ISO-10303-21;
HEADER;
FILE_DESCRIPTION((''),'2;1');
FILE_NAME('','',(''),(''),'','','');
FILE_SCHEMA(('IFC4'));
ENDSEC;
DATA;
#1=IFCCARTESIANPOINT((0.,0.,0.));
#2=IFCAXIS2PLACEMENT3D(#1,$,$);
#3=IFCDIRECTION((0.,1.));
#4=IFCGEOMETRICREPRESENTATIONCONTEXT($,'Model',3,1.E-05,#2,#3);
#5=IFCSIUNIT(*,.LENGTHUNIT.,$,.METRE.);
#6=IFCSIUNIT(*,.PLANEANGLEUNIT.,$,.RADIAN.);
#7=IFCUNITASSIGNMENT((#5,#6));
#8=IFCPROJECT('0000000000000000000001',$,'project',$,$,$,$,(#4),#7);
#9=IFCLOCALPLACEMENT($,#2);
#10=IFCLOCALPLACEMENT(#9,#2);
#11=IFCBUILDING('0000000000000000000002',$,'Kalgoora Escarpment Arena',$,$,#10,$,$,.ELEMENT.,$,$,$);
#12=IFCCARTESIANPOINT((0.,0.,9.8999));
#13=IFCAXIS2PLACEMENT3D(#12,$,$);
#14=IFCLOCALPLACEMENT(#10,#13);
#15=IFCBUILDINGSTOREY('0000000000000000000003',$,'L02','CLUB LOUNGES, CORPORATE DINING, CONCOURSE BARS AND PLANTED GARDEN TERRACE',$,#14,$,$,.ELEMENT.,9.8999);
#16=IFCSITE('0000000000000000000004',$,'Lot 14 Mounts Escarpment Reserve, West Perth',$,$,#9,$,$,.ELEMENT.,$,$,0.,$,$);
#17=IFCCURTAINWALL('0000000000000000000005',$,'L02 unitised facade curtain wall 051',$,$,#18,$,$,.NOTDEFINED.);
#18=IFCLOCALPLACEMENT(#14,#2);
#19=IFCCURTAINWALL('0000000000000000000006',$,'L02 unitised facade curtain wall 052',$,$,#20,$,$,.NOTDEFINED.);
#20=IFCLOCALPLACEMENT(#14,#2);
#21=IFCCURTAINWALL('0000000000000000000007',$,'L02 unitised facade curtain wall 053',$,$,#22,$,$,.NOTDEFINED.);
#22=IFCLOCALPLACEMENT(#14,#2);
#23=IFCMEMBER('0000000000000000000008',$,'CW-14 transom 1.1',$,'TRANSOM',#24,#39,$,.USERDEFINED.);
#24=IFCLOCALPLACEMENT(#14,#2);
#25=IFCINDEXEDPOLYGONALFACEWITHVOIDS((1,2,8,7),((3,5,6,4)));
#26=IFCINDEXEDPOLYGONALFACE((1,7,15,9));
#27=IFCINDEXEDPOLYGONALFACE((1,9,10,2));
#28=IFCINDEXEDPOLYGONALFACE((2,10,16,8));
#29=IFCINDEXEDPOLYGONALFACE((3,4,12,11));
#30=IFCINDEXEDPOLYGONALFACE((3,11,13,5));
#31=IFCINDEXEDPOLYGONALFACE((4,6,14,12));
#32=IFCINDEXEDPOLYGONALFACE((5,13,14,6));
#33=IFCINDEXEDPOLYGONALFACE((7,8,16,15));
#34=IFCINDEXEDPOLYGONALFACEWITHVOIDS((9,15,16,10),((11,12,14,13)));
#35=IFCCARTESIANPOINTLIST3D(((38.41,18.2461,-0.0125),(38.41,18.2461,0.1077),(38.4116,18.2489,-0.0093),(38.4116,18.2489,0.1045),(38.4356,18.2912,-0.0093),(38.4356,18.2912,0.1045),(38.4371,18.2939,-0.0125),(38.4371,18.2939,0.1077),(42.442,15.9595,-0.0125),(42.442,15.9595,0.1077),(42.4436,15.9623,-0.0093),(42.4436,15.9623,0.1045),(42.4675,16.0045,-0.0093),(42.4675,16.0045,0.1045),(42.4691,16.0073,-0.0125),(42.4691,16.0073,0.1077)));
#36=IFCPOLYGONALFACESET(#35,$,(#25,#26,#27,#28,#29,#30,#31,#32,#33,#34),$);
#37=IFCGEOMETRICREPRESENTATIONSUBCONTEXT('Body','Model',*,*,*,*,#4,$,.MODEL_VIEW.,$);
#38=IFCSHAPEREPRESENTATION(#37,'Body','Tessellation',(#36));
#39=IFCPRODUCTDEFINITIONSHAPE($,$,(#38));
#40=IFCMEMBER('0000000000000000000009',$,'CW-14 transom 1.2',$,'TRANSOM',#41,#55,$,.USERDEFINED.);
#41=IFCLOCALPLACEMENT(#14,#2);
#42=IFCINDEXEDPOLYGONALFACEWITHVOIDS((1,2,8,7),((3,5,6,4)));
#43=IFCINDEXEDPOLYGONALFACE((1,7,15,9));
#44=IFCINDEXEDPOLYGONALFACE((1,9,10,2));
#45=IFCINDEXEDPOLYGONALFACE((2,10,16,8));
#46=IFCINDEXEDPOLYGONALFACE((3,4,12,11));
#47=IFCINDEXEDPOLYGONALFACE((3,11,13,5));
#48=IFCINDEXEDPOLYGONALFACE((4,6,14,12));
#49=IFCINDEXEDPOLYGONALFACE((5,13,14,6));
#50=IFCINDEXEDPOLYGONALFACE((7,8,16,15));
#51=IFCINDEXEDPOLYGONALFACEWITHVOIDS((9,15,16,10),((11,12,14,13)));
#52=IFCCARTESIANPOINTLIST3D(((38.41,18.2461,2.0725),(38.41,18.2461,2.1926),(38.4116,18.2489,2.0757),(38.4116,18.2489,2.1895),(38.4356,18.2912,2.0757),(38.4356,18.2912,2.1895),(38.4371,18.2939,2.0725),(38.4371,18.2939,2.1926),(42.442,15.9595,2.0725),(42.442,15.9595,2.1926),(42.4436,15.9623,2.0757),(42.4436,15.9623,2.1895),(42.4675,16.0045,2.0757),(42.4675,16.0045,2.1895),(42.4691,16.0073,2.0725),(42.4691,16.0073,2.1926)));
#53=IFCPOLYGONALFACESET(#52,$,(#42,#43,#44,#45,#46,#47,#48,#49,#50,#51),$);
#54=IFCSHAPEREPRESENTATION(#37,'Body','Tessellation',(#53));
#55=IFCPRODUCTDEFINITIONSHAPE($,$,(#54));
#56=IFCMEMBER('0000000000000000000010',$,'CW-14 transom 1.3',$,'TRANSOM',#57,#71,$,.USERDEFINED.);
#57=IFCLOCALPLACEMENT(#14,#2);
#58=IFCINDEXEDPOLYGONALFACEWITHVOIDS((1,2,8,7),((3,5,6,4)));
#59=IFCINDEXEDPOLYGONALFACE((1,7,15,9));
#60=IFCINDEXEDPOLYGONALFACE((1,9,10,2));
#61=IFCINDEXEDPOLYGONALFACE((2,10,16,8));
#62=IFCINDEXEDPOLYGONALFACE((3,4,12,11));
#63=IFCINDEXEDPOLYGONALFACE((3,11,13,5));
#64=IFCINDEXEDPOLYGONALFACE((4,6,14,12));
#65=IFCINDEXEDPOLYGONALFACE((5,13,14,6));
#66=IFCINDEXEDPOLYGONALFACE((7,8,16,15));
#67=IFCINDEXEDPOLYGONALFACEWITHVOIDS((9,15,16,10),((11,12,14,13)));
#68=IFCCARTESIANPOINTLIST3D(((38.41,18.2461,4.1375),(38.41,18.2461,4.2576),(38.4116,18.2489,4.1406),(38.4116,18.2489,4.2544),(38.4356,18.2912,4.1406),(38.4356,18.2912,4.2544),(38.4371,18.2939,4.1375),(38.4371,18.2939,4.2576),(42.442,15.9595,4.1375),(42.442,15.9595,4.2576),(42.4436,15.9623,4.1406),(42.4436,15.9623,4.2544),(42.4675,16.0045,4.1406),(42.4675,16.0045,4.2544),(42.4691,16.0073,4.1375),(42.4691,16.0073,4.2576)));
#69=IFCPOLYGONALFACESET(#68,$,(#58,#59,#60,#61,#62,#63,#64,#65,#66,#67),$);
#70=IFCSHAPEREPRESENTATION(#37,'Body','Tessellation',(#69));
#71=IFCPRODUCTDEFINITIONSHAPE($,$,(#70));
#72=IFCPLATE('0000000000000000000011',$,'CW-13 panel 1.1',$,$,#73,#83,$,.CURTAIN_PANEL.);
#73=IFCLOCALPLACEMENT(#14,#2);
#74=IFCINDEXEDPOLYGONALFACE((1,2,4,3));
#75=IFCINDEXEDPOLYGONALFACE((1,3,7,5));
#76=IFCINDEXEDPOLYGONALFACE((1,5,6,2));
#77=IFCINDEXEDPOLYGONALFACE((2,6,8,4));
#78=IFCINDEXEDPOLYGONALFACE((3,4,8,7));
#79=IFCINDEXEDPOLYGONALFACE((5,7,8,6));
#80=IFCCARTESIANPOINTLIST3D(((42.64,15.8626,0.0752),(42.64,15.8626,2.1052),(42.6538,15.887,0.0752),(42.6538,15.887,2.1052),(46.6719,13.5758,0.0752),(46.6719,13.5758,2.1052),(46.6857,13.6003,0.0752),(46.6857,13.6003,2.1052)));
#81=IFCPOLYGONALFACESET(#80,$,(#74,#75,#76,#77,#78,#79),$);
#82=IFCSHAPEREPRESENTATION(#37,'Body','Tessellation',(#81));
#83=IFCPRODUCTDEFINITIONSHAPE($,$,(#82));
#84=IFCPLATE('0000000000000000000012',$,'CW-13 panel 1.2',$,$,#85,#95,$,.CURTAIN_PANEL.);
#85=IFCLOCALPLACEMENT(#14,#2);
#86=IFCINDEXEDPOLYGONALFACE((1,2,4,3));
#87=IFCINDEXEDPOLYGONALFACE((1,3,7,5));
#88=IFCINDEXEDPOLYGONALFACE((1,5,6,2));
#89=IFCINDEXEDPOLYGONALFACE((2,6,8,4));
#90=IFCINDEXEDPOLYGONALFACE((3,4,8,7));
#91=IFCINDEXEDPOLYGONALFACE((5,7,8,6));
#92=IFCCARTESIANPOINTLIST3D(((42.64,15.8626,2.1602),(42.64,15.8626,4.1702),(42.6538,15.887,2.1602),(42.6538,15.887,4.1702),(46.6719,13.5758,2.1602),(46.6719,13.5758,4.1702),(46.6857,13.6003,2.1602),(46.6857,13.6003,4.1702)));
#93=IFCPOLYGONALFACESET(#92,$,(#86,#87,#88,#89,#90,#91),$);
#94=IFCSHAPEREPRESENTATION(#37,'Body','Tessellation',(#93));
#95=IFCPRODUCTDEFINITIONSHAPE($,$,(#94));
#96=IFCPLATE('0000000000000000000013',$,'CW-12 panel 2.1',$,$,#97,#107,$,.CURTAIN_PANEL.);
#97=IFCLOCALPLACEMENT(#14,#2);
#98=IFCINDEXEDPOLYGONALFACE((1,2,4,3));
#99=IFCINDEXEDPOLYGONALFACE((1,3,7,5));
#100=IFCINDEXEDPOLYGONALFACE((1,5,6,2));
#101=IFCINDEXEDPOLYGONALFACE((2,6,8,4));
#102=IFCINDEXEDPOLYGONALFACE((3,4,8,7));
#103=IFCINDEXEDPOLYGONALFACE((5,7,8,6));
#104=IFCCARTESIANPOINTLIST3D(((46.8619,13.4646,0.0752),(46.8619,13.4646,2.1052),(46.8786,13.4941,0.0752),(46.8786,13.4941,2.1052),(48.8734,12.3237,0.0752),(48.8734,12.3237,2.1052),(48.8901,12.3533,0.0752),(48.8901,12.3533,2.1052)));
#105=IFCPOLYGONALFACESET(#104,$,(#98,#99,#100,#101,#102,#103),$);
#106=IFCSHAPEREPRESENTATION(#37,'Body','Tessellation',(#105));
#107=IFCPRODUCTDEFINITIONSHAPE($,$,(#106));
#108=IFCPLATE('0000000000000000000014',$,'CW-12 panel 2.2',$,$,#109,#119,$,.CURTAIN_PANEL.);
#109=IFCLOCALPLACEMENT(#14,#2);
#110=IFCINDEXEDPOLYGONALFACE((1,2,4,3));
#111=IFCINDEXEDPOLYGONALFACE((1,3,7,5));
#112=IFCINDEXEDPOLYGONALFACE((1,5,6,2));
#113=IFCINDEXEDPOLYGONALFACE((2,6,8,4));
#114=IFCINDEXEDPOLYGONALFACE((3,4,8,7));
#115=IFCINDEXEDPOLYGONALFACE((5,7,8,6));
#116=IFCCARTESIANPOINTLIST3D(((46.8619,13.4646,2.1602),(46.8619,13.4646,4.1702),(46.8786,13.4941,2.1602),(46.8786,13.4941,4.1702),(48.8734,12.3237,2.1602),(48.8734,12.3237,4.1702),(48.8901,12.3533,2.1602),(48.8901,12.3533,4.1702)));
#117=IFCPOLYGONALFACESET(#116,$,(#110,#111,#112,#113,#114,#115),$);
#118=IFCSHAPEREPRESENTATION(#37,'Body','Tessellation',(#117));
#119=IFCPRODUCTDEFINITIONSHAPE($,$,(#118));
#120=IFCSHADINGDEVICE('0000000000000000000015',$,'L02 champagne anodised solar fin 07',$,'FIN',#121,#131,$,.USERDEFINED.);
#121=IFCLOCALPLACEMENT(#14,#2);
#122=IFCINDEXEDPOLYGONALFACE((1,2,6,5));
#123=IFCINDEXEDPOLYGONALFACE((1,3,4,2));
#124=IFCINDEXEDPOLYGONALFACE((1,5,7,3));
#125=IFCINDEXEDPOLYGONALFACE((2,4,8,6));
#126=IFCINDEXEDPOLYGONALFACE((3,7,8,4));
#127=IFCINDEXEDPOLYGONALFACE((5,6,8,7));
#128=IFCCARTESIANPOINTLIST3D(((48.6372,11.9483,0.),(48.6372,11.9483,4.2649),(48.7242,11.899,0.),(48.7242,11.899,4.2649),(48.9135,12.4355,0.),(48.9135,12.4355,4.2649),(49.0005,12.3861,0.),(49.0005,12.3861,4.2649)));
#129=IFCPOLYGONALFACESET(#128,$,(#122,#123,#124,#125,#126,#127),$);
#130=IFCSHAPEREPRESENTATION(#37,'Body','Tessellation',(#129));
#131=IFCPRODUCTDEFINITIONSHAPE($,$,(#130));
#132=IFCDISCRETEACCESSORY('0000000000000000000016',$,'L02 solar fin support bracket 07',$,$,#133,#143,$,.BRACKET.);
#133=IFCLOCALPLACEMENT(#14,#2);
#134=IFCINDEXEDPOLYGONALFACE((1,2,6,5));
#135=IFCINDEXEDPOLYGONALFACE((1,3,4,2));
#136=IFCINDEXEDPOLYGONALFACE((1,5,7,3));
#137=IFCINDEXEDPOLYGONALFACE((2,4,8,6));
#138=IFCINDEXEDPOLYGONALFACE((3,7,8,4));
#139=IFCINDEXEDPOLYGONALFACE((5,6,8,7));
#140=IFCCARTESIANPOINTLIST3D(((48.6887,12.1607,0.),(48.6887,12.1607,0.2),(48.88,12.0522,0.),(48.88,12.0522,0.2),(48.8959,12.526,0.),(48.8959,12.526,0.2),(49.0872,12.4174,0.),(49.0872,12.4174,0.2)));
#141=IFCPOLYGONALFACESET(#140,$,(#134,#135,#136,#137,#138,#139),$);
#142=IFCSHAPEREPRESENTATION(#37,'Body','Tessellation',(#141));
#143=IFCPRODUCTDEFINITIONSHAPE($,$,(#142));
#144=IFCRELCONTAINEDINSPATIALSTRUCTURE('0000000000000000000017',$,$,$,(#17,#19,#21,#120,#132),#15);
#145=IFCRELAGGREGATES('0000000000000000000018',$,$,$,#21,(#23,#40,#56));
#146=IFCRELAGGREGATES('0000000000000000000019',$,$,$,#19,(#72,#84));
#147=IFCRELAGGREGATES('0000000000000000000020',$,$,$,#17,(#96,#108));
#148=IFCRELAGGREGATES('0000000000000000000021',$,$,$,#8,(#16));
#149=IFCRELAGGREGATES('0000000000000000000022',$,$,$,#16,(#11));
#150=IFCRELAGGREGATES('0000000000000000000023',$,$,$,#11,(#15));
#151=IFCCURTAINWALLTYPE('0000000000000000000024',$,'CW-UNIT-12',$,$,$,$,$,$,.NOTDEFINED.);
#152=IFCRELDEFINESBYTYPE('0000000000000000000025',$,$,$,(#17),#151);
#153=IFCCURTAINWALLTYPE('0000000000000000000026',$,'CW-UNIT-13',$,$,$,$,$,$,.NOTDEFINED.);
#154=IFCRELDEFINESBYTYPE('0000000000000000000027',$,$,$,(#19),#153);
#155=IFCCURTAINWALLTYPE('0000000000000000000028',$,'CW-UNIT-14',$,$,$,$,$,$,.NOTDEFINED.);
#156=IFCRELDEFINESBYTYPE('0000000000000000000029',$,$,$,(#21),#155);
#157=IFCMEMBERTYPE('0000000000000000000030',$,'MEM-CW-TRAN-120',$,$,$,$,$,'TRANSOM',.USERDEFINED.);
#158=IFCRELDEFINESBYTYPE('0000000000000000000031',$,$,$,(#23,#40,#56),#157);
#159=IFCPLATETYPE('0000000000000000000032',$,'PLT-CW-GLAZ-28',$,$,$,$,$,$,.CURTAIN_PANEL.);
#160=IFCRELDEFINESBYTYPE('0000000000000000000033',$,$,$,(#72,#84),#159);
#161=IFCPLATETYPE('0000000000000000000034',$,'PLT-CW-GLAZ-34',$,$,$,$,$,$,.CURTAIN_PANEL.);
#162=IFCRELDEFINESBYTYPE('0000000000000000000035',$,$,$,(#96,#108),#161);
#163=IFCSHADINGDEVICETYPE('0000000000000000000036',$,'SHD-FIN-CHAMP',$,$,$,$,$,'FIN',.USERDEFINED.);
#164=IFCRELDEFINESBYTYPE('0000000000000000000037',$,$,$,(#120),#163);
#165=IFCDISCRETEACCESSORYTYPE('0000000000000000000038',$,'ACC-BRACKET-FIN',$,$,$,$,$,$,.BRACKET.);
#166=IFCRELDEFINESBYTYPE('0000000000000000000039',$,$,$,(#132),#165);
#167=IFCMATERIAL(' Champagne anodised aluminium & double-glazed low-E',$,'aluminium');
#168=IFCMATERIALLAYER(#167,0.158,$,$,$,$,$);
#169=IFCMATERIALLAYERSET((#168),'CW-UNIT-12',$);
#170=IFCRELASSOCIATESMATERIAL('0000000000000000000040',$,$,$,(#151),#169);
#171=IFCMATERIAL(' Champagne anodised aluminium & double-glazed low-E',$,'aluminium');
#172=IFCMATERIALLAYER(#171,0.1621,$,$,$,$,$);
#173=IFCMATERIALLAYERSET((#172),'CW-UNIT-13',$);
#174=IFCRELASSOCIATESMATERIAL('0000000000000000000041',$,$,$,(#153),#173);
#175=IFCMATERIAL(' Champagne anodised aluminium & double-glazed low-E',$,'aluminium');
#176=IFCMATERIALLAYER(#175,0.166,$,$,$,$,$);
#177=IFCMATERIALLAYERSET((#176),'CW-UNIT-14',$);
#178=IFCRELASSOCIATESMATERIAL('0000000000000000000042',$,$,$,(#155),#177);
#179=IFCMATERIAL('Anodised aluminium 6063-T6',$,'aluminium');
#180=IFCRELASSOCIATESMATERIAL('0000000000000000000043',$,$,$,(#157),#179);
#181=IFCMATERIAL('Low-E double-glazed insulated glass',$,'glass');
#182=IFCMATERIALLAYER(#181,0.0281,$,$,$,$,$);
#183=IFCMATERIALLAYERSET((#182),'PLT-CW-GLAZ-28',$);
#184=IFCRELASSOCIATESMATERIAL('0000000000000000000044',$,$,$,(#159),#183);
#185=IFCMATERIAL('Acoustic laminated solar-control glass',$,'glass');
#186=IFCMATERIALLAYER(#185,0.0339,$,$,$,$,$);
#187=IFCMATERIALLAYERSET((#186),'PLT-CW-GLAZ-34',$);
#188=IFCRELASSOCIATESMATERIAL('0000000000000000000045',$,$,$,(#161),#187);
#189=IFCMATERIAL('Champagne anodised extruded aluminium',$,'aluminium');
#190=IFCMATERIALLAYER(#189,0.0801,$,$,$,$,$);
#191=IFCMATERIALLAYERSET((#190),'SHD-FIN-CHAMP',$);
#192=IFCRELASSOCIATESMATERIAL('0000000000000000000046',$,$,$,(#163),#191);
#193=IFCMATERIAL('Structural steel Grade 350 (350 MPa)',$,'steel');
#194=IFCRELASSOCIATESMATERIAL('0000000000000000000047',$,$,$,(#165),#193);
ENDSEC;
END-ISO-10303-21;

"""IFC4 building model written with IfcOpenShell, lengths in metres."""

from ifc_helpers import new_model, si_unit, direction, frame, origin, origin_2d, place, context, subcontext, project, spatial, rectangle, hollow_rectangle, extrude, material, layer, layer_set, material_profile, profile_set, type_object, element, aggregate, save


model = new_model("IFC4")

# Units and contexts
model_context = context("Model", 3, precision=1e-05, world=origin(), true_north=direction((0.0, 1.0)))
body_context = subcontext(model_context, "Body", "Model", "MODEL_VIEW")
ifc_project = project(units=[si_unit("LENGTHUNIT", "METRE"), si_unit("PLANEANGLEUNIT", "RADIAN")], contexts=[model_context])

# Site, building, storey
site_placement = place(None, origin())
site = spatial("IfcSite", under=ifc_project, at=site_placement, Name="Lot 14 Mounts Escarpment Reserve, West Perth", CompositionType="ELEMENT", RefElevation=0.0)
building_placement = place(site_placement, origin())
building = spatial("IfcBuilding", under=site, at=building_placement, Name="Kalgoora Escarpment Arena", CompositionType="ELEMENT")
storey_placement = place(building_placement, frame((0.0, 0.0, 9.8999)))
storey = spatial("IfcBuildingStorey", under=building, at=storey_placement, Name="L02", Description="CLUB LOUNGES, CORPORATE DINING, CONCOURSE BARS AND PLANTED GARDEN TERRACE", CompositionType="ELEMENT", Elevation=9.8999)

# Curtain walls
ifc_material_1 = material(Name=" Champagne anodised aluminium & double-glazed low-E", Category="aluminium")
ifc_layer_1 = layer(ifc_material_1, 0.158)
ifc_layer_set_1 = layer_set([ifc_layer_1], Name="CW-UNIT-12")
curtain_wall_type_1 = type_object("IfcCurtainWallType", Name="CW-UNIT-12", PredefinedType="NOTDEFINED", material=ifc_layer_set_1)
curtain_wall_1_placement = place(storey_placement, origin())
curtain_wall_1 = element("IfcCurtainWall", 1, at=curtain_wall_1_placement, inside=storey, type_object=curtain_wall_type_1, Name="L02 unitised facade curtain wall 051", PredefinedType="NOTDEFINED")
ifc_material_2 = material(Name=" Champagne anodised aluminium & double-glazed low-E", Category="aluminium")
ifc_layer_2 = layer(ifc_material_2, 0.1621)
ifc_layer_set_2 = layer_set([ifc_layer_2], Name="CW-UNIT-13")
curtain_wall_type_2 = type_object("IfcCurtainWallType", Name="CW-UNIT-13", PredefinedType="NOTDEFINED", material=ifc_layer_set_2)
curtain_wall_2_placement = place(storey_placement, origin())
curtain_wall_2 = element("IfcCurtainWall", 2, at=curtain_wall_2_placement, inside=storey, type_object=curtain_wall_type_2, Name="L02 unitised facade curtain wall 052", PredefinedType="NOTDEFINED")

# Curtain wall
ifc_material_3 = material(Name=" Champagne anodised aluminium & double-glazed low-E", Category="aluminium")
ifc_layer_3 = layer(ifc_material_3, 0.166)
ifc_layer_set_3 = layer_set([ifc_layer_3], Name="CW-UNIT-14")
curtain_wall_type_3 = type_object("IfcCurtainWallType", Name="CW-UNIT-14", PredefinedType="NOTDEFINED", material=ifc_layer_set_3)
curtain_wall_3_placement = place(storey_placement, origin())
curtain_wall_3 = element("IfcCurtainWall", 3, at=curtain_wall_3_placement, inside=storey, type_object=curtain_wall_type_3, Name="L02 unitised facade curtain wall 053", PredefinedType="NOTDEFINED")

# Members
ifc_material_4 = material(Name="Anodised aluminium 6063-T6", Category="aluminium")
ifc_material_profile_1 = material_profile(ifc_material_4, hollow_rectangle(XDim=0.0549, YDim=0.1201, WallThickness=0.0032, at=origin_2d()))
ifc_profile_set_1 = profile_set([ifc_material_profile_1], Name="Anodised aluminium 6063-T6")
member_type_1 = type_object("IfcMemberType", Name="MEM-CW-TRAN-120", ElementType="TRANSOM", PredefinedType="USERDEFINED", material=ifc_profile_set_1)
member_1_placement = place(storey_placement, frame((42.4556, 15.9834, 0.0476), z_axis=(-0.869853, 0.493312, 0.0), x_axis=(-0.493312, -0.869853, 0.0)))
member_1 = element("IfcMember", 4, at=member_1_placement, type_object=member_type_1, Name="CW-14 transom 1.1", ObjectType="TRANSOM", PredefinedType="USERDEFINED", context=body_context, shape_type="SweptSolid", body=[
    extrude(hollow_rectangle(XDim=0.0549, YDim=0.1201, WallThickness=0.0032, at=origin_2d()), origin(), (0.0, 0.0, 1.0), 4.6353),
])
member_2_placement = place(storey_placement, frame((42.4556, 15.9834, 2.1326), z_axis=(-0.869853, 0.493312, 0.0), x_axis=(-0.493312, -0.869853, 0.0)))
member_2 = element("IfcMember", 5, at=member_2_placement, type_object=member_type_1, Name="CW-14 transom 1.2", ObjectType="TRANSOM", PredefinedType="USERDEFINED", context=body_context, shape_type="SweptSolid", body=[
    extrude(hollow_rectangle(XDim=0.0549, YDim=0.1201, WallThickness=0.0032, at=origin_2d()), origin(), (0.0, 0.0, 1.0), 4.6353),
])
member_3_placement = place(storey_placement, frame((42.4556, 15.9834, 4.1975), z_axis=(-0.869853, 0.493312, 0.0), x_axis=(-0.493312, -0.869853, 0.0)))
member_3 = element("IfcMember", 6, at=member_3_placement, type_object=member_type_1, Name="CW-14 transom 1.3", ObjectType="TRANSOM", PredefinedType="USERDEFINED", context=body_context, shape_type="SweptSolid", body=[
    extrude(hollow_rectangle(XDim=0.0549, YDim=0.1201, WallThickness=0.0032, at=origin_2d()), origin(), (0.0, 0.0, 1.0), 4.6353),
])
aggregate(curtain_wall_3, [member_1, member_2, member_3])

# Plates
ifc_material_5 = material(Name="Low-E double-glazed insulated glass", Category="glass")
ifc_layer_4 = layer(ifc_material_5, 0.0281)
ifc_layer_set_4 = layer_set([ifc_layer_4], Name="PLT-CW-GLAZ-28")
plate_type_1 = type_object("IfcPlateType", Name="PLT-CW-GLAZ-28", PredefinedType="CURTAIN_PANEL", material=ifc_layer_set_4)
plate_1_placement = place(storey_placement, frame((44.6628, 14.7314, 0.0752), z_axis=(0.0, 0.0, 1.0), x_axis=(-0.869833, 0.493346, 0.0)))
plate_1 = element("IfcPlate", 7, at=plate_1_placement, type_object=plate_type_1, Name="CW-13 panel 1.1", PredefinedType="CURTAIN_PANEL", context=body_context, shape_type="SweptSolid", body=[
    extrude(rectangle(XDim=4.6353, YDim=0.0281, at=origin_2d()), origin(), (0.0, 0.0, 1.0), 2.03),
])
plate_2_placement = place(storey_placement, frame((44.6628, 14.7314, 2.1602), z_axis=(0.0, 0.0, 1.0), x_axis=(-0.869833, 0.493346, 0.0)))
plate_2 = element("IfcPlate", 8, at=plate_2_placement, type_object=plate_type_1, Name="CW-13 panel 1.2", PredefinedType="CURTAIN_PANEL", context=body_context, shape_type="SweptSolid", body=[
    extrude(rectangle(XDim=4.6353, YDim=0.0281, at=origin_2d()), origin(), (0.0, 0.0, 1.0), 2.01),
])
aggregate(curtain_wall_2, [plate_1, plate_2])
ifc_material_6 = material(Name="Acoustic laminated solar-control glass", Category="glass")
ifc_layer_5 = layer(ifc_material_6, 0.0339)
ifc_layer_set_5 = layer_set([ifc_layer_5], Name="PLT-CW-GLAZ-34")
plate_type_2 = type_object("IfcPlateType", Name="PLT-CW-GLAZ-34", PredefinedType="CURTAIN_PANEL", material=ifc_layer_set_5)
plate_3_placement = place(storey_placement, frame((47.876, 12.9089, 0.0752), z_axis=(0.0, 0.0, 1.0), x_axis=(-0.869834, 0.493344, 0.0)))
plate_3 = element("IfcPlate", 9, at=plate_3_placement, type_object=plate_type_2, Name="CW-12 panel 2.1", PredefinedType="CURTAIN_PANEL", context=body_context, shape_type="SweptSolid", body=[
    extrude(rectangle(XDim=2.3125, YDim=0.0339, at=origin_2d()), origin(), (0.0, 0.0, 1.0), 2.03),
])
plate_4_placement = place(storey_placement, frame((47.876, 12.9089, 2.1602), z_axis=(0.0, 0.0, 1.0), x_axis=(-0.869834, 0.493344, 0.0)))
plate_4 = element("IfcPlate", 10, at=plate_4_placement, type_object=plate_type_2, Name="CW-12 panel 2.2", PredefinedType="CURTAIN_PANEL", context=body_context, shape_type="SweptSolid", body=[
    extrude(rectangle(XDim=2.3125, YDim=0.0339, at=origin_2d()), origin(), (0.0, 0.0, 1.0), 2.01),
])
aggregate(curtain_wall_1, [plate_3, plate_4])

# Shading device
ifc_material_7 = material(Name="Champagne anodised extruded aluminium", Category="aluminium")
ifc_layer_6 = layer(ifc_material_7, 0.0801)
ifc_layer_set_6 = layer_set([ifc_layer_6], Name="SHD-FIN-CHAMP")
shading_device_type = type_object("IfcShadingDeviceType", Name="SHD-FIN-CHAMP", ElementType="FIN", PredefinedType="USERDEFINED", material=ifc_layer_set_6)
shading_device_placement = place(storey_placement, frame((48.8188, 12.1672, 0.0), z_axis=(0.0, 0.0, 1.0), x_axis=(-0.493335, -0.86984, 0.0)))
element("IfcShadingDevice", 11, at=shading_device_placement, inside=storey, type_object=shading_device_type, Name="L02 champagne anodised solar fin 07", ObjectType="FIN", PredefinedType="USERDEFINED", context=body_context, shape_type="SweptSolid", body=[
    extrude(rectangle(XDim=0.5601, YDim=0.1001, at=origin_2d()), origin(), (0.0, 0.0, 1.0), 4.2649),
])

# Discrete accessory
ifc_material_8 = material(Name="Structural steel Grade 350 (350 MPa)", Category="steel")
discrete_accessory_type = type_object("IfcDiscreteAccessoryType", Name="ACC-BRACKET-FIN", PredefinedType="BRACKET", material=ifc_material_8)
discrete_accessory_placement = place(storey_placement, frame((48.8879, 12.2891, 0.0), z_axis=(0.0, 0.0, 1.0), x_axis=(-0.493335, -0.86984, 0.0)))
element("IfcDiscreteAccessory", 12, at=discrete_accessory_placement, inside=storey, type_object=discrete_accessory_type, Name="L02 solar fin support bracket 07", PredefinedType="BRACKET", context=body_context, shape_type="SweptSolid", body=[
    extrude(rectangle(XDim=0.4199, YDim=0.22, at=origin_2d()), origin(), (0.0, 0.0, 1.0), 0.2),
])

save(model, "model.ifc")
